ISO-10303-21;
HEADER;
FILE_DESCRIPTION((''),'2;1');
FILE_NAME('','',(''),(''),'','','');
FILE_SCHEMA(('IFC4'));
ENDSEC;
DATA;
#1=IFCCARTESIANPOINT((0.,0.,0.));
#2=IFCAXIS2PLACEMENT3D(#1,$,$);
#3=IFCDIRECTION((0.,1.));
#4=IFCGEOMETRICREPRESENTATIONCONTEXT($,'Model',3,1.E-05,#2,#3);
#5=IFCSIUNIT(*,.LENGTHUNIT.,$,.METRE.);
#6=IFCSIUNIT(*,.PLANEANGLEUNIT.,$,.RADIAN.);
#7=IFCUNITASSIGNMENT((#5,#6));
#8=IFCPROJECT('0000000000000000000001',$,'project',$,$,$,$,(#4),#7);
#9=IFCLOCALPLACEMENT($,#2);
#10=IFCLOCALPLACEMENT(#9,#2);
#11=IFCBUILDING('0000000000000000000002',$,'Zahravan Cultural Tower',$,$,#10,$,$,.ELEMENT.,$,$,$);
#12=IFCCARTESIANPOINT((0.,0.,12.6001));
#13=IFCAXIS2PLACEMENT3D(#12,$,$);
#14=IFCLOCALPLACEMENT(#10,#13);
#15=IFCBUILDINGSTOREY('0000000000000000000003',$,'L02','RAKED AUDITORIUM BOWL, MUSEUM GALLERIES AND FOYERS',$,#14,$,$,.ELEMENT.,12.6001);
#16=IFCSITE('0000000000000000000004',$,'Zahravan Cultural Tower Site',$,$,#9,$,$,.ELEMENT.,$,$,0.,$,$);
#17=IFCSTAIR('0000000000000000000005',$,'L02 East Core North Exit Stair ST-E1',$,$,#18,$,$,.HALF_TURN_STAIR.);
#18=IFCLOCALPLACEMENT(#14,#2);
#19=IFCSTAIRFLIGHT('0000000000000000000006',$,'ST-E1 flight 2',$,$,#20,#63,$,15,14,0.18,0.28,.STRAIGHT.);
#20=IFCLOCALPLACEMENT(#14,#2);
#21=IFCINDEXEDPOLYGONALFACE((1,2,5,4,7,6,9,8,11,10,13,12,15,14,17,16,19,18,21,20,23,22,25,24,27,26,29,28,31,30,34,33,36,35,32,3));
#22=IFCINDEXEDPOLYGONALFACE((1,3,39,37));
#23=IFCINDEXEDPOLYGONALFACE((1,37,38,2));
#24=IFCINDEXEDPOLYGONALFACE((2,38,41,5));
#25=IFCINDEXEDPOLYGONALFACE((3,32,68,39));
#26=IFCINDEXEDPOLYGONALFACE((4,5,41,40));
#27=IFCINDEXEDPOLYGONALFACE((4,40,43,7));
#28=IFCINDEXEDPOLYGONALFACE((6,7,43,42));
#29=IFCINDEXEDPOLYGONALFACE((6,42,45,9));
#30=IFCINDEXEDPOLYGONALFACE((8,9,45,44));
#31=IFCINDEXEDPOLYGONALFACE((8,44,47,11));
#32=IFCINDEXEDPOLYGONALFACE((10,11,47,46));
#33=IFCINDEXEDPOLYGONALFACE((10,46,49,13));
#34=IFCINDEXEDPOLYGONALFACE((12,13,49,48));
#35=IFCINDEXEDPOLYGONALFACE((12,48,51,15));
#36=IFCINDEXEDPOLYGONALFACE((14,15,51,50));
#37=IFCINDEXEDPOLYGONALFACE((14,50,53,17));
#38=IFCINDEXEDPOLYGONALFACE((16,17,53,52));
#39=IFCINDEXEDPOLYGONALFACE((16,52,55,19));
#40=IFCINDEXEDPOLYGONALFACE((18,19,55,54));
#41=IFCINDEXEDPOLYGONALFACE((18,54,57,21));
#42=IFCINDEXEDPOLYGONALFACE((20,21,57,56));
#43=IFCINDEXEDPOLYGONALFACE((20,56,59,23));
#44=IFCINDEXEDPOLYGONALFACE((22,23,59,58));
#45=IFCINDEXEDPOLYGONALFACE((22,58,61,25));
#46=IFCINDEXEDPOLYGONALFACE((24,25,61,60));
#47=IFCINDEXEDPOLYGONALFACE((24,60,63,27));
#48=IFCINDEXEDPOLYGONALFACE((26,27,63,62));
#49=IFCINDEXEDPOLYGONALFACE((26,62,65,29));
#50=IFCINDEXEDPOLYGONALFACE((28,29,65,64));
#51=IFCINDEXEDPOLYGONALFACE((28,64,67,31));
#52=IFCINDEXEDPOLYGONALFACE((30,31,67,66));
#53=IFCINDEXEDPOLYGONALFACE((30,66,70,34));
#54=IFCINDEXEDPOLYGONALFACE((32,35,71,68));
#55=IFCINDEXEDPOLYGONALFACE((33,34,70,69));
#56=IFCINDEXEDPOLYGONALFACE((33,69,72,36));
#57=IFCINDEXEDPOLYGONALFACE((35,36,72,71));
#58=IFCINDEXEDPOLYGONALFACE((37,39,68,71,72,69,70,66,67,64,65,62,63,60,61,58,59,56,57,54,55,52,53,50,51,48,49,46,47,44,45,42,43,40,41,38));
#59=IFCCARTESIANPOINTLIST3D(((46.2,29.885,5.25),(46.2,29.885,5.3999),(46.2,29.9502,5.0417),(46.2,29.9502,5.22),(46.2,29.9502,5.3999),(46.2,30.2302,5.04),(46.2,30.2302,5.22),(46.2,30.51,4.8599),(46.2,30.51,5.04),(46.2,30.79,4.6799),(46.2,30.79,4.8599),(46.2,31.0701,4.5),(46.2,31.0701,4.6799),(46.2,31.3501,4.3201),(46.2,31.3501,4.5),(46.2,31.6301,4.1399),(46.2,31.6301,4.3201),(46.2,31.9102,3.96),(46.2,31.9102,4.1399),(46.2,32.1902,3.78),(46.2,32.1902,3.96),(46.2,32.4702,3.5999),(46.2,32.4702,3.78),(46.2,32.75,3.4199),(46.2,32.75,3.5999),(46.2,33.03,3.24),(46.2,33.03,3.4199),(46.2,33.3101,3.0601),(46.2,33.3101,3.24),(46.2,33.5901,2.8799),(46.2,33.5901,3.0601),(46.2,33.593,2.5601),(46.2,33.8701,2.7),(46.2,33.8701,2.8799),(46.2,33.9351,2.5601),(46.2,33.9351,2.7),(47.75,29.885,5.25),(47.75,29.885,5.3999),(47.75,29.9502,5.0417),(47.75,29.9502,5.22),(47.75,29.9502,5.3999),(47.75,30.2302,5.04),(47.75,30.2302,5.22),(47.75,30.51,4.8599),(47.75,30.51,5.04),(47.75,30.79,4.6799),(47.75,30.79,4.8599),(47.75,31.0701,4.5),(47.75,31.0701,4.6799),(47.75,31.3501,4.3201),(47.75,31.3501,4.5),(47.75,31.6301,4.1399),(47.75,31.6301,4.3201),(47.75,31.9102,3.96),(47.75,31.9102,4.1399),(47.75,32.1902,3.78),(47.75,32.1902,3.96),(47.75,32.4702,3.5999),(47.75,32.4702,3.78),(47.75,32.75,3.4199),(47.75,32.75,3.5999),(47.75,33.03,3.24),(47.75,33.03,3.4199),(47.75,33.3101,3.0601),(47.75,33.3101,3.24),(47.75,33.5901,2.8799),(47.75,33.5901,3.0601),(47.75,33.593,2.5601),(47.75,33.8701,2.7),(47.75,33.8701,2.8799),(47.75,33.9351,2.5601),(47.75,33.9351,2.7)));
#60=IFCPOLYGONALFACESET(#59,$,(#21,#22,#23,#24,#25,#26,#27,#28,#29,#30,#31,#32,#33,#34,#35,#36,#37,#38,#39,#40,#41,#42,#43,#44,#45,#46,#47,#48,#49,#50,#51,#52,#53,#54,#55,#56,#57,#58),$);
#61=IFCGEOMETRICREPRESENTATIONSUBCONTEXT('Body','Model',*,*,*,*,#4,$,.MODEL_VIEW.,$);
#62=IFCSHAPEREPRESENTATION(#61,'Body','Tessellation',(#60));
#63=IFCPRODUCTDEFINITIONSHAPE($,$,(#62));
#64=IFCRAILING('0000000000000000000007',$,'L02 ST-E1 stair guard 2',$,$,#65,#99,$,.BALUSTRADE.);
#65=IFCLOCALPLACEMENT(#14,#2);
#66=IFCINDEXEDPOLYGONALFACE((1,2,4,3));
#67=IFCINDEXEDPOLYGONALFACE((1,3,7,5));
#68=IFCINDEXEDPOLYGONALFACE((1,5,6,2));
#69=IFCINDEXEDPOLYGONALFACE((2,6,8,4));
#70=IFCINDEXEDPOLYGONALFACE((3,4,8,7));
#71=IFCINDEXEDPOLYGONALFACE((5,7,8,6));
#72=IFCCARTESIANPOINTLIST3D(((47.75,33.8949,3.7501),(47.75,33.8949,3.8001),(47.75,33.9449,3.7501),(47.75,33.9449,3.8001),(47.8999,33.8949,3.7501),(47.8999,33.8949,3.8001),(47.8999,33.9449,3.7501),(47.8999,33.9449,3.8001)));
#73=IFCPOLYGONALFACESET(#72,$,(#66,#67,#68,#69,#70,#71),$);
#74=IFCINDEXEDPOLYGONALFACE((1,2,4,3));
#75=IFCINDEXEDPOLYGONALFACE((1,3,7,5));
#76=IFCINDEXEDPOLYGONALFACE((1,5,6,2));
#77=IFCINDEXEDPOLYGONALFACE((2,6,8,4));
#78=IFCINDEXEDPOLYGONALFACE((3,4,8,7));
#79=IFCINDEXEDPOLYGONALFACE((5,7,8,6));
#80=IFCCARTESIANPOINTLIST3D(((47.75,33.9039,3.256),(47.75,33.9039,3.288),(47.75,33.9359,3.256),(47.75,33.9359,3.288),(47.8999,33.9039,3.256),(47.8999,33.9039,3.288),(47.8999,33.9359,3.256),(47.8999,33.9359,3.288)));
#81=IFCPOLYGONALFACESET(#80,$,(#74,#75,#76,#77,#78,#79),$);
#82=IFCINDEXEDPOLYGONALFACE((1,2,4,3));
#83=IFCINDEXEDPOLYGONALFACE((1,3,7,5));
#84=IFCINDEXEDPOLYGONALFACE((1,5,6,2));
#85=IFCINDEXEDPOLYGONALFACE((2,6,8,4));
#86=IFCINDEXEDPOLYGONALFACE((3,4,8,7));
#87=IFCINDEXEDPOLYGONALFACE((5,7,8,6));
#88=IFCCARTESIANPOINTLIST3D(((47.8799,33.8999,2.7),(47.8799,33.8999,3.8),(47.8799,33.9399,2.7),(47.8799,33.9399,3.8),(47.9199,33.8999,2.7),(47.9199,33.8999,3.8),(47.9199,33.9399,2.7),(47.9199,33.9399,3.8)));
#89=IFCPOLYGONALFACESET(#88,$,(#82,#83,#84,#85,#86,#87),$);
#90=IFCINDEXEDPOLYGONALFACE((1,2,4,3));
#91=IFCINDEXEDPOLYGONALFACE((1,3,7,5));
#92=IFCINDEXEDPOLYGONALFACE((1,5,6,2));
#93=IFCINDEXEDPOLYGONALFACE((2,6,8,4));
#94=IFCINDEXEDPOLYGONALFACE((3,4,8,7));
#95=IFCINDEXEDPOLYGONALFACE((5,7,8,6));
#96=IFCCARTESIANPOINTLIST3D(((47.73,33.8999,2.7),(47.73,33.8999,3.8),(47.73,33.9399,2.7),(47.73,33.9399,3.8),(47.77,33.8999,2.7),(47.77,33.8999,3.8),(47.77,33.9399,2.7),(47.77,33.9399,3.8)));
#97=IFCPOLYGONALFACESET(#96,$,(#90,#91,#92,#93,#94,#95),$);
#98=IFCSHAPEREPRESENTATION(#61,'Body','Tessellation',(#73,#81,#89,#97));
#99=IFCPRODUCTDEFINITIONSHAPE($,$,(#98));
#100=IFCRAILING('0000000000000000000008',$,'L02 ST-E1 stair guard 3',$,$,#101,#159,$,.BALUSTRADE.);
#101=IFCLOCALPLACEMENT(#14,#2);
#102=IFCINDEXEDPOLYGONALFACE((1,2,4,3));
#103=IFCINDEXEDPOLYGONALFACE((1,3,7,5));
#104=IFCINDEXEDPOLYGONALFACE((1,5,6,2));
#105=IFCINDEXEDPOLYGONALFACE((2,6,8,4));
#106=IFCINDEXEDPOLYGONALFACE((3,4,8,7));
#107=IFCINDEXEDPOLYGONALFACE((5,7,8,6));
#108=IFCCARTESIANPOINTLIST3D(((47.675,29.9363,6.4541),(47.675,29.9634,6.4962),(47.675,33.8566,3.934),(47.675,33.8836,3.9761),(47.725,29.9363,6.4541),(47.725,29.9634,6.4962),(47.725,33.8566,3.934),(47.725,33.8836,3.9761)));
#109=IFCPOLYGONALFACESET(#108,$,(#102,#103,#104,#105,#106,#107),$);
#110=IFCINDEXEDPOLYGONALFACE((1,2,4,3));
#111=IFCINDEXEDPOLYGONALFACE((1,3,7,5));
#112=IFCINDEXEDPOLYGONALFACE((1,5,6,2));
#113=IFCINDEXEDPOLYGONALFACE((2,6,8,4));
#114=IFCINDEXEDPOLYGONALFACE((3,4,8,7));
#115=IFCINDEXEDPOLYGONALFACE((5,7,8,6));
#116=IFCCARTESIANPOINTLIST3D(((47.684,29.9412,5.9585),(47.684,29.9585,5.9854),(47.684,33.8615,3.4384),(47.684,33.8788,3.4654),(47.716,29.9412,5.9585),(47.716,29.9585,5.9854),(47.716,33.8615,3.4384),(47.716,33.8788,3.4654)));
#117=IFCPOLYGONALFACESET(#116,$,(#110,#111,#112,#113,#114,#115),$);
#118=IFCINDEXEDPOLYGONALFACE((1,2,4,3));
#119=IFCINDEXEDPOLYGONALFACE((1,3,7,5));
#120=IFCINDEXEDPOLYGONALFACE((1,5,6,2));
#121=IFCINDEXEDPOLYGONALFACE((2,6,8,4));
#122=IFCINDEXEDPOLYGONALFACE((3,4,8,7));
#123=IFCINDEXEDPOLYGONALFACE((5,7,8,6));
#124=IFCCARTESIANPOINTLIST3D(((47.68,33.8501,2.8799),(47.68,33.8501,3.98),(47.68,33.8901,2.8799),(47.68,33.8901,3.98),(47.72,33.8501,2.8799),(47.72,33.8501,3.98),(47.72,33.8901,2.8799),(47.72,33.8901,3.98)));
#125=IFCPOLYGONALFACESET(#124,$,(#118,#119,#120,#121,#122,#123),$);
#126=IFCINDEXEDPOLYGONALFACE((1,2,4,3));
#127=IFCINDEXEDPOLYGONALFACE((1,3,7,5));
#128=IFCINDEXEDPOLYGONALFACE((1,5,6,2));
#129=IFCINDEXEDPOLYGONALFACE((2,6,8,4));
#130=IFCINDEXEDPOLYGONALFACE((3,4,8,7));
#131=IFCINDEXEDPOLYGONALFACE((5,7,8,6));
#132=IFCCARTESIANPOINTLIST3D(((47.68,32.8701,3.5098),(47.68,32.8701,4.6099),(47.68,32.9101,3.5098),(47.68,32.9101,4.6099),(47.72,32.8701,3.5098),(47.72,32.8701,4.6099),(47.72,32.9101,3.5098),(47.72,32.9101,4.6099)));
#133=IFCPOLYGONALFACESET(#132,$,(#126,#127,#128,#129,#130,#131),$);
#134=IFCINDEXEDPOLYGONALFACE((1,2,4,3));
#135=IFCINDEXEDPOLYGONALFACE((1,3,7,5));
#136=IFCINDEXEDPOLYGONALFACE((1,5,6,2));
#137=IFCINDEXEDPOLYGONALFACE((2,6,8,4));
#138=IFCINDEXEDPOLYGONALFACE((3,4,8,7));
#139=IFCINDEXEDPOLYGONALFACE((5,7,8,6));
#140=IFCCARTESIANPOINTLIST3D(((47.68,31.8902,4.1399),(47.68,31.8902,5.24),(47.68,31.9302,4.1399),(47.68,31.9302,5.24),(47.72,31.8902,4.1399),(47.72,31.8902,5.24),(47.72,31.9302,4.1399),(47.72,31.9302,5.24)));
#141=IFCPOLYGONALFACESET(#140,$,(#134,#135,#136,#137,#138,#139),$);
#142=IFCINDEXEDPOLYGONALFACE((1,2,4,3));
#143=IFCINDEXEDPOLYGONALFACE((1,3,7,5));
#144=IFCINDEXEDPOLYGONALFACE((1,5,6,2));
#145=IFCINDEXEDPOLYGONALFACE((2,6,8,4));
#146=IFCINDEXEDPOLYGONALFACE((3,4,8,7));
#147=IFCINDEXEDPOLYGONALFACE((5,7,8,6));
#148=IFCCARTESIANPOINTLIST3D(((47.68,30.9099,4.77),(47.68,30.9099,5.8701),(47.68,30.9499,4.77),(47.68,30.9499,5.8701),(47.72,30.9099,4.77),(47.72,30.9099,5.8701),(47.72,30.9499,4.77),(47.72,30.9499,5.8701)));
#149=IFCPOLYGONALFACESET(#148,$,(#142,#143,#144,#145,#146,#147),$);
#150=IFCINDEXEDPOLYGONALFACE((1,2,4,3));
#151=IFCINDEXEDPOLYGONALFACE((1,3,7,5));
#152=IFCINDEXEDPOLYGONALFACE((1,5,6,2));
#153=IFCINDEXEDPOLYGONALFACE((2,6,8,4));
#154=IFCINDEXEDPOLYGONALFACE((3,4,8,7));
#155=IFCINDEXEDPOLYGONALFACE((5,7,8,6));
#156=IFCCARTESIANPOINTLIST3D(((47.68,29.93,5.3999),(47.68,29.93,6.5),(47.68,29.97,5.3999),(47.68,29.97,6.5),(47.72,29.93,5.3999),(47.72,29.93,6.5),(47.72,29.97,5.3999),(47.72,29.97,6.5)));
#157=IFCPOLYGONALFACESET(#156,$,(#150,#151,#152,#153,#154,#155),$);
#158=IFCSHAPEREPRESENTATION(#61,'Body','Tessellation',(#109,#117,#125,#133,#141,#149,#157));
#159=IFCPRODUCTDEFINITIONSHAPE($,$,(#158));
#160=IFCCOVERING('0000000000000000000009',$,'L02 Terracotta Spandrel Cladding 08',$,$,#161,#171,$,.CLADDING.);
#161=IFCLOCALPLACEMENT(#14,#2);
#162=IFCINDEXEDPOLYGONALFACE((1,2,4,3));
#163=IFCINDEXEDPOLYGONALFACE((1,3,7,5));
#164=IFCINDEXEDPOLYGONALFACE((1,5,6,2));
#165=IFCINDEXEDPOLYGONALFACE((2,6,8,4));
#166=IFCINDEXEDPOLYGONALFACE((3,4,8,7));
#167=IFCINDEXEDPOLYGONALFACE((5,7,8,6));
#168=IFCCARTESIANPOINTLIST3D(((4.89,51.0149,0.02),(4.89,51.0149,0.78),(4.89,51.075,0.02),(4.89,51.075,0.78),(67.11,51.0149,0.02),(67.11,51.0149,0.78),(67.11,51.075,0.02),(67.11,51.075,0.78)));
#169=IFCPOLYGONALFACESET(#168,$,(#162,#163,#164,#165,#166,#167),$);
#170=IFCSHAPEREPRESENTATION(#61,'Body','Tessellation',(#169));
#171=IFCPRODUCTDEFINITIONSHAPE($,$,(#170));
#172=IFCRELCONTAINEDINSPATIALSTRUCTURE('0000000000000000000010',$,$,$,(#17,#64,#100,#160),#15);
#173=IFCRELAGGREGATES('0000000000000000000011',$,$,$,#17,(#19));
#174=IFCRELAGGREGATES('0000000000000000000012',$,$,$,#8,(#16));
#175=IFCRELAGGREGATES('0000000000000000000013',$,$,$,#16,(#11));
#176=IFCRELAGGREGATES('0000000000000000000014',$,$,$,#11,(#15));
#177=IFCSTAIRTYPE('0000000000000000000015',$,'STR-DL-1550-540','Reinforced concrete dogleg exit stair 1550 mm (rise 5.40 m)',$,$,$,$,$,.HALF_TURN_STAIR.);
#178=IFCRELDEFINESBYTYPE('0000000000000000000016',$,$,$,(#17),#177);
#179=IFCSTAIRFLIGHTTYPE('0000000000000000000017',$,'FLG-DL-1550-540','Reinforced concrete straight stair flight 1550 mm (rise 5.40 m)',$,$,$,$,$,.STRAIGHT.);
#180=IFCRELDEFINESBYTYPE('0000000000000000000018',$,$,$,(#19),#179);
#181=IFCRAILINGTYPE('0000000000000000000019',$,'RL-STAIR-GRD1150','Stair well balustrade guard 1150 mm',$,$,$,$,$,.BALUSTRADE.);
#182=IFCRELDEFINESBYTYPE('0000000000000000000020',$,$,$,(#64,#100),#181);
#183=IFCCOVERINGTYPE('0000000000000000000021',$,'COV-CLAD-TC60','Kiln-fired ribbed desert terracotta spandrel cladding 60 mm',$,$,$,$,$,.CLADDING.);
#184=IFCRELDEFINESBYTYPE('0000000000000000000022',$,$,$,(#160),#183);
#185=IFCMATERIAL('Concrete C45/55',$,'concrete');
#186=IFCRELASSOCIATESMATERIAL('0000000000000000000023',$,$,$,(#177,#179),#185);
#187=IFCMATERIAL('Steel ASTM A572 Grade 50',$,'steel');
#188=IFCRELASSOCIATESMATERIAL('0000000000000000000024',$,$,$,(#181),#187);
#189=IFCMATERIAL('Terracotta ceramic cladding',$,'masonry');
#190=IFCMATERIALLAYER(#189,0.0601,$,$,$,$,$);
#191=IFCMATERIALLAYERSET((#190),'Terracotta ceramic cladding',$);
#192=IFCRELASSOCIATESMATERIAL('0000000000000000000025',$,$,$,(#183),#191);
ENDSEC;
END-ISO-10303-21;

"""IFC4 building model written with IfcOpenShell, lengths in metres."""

from ifc_helpers import new_model, si_unit, direction, frame, origin, origin_2d, place, context, subcontext, project, spatial, polyline, rectangle, outline, extrude, source, transform, mapped, material, layer, layer_set, type_object, element, aggregate, save


model = new_model("IFC4")

# Units and contexts
model_context = context("Model", 3, precision=1e-05, world=origin(), true_north=direction((0.0, 1.0)))
body_context = subcontext(model_context, "Body", "Model", "MODEL_VIEW")
ifc_project = project(units=[si_unit("LENGTHUNIT", "METRE"), si_unit("PLANEANGLEUNIT", "RADIAN")], contexts=[model_context])

# Site, building, storey
site_placement = place(None, origin())
site = spatial("IfcSite", under=ifc_project, at=site_placement, Name="Zahravan Cultural Tower Site", CompositionType="ELEMENT", RefElevation=0.0)
building_placement = place(site_placement, origin())
building = spatial("IfcBuilding", under=site, at=building_placement, Name="Zahravan Cultural Tower", CompositionType="ELEMENT")
storey_placement = place(building_placement, frame((0.0, 0.0, 12.6001)))
storey = spatial("IfcBuildingStorey", under=building, at=storey_placement, Name="L02", Description="RAKED AUDITORIUM BOWL, MUSEUM GALLERIES AND FOYERS", CompositionType="ELEMENT", Elevation=12.6001)

# Shared definitions
ifc_material_1 = material(Name="Steel ASTM A572 Grade 50", Category="steel")

# Shared definitions
ifc_material_2 = material(Name="Concrete C45/55", Category="concrete")

# Stair, stair flight
stair_type = type_object("IfcStairType", Name="STR-DL-1550-540", Description="Reinforced concrete dogleg exit stair 1550 mm (rise 5.40 m)", PredefinedType="HALF_TURN_STAIR", material=ifc_material_2)
stair_placement = place(storey_placement, origin())
stair = element("IfcStair", 1, at=stair_placement, inside=storey, type_object=stair_type, Name="L02 East Core North Exit Stair ST-E1", PredefinedType="HALF_TURN_STAIR")
stair_flight_type = type_object("IfcStairFlightType", Name="FLG-DL-1550-540", Description="Reinforced concrete straight stair flight 1550 mm (rise 5.40 m)", PredefinedType="STRAIGHT", material=ifc_material_2)
stair_flight_placement = place(storey_placement, frame((46.9751, 33.8701, 2.7), z_axis=(0.0, 0.0, 1.0), x_axis=(0.0, -1.0, 0.0)))
stair_flight = element("IfcStairFlight", 2, at=stair_flight_placement, type_object=stair_flight_type, Name="ST-E1 flight 2", NumberOfRisers=15, NumberOfTreads=14, PredefinedType="STRAIGHT", RiserHeight=0.18, TreadLength=0.28, context=body_context, shape_type="SweptSolid", body=[
    extrude(outline(polyline([(-0.0649, -0.1399), (-0.0649, 0.0), (0.0, 0.0), (0.0, 0.1799), (0.28, 0.1799), (0.28, 0.3601), (0.5601, 0.3601), (0.5601, 0.54), (0.8401, 0.54), (0.8401, 0.72), (1.1201, 0.72), (1.1201, 0.8999), (1.3999, 0.8999), (1.3999, 1.0801), (1.6799, 1.0801), (1.6799, 1.26), (1.96, 1.26), (1.96, 1.4399), (2.24, 1.4399), (2.24, 1.6201), (2.52, 1.6201), (2.52, 1.8), (2.8, 1.8), (2.8, 1.98), (3.0801, 1.98), (3.0801, 2.1599), (3.3601, 2.1599), (3.3601, 2.3401), (3.6399, 2.3401), (3.6399, 2.52), (3.9199, 2.52), (3.9199, 2.7), (3.9851, 2.7), (3.9851, 2.55), (3.9199, 2.3418), (0.2771, -0.1399), (-0.0649, -0.1399)])), frame((0.0, 0.7749, 0.0), z_axis=(0.0, -1.0, 0.0), x_axis=(1.0, 0.0, 0.0)), (0.0, 0.0, 1.0), 1.55),
])
aggregate(stair, [stair_flight])

# Railings
railing_type = type_object("IfcRailingType", Name="RL-STAIR-GRD1150", Description="Stair well balustrade guard 1150 mm", PredefinedType="BALUSTRADE", material=ifc_material_1)
railing_1_placement = place(storey_placement, frame((47.8999, 33.9199, 2.7)))
element("IfcRailing", 3, at=railing_1_placement, inside=storey, type_object=railing_type, Name="L02 ST-E1 stair guard 2", PredefinedType="BALUSTRADE", context=body_context, shape_type="SweptSolid", body=[
    extrude(rectangle(XDim=0.05, YDim=0.05, at=origin_2d()), frame((0.0, 0.0, 1.0752), z_axis=(-1.0, 0.0, 0.0), x_axis=(0.0, -1.0, 0.0)), (0.0, 0.0, 1.0), 0.1499),
    extrude(rectangle(XDim=0.032, YDim=0.032, at=origin_2d()), frame((0.0, 0.0, 0.572), z_axis=(-1.0, 0.0, 0.0), x_axis=(0.0, -1.0, 0.0)), (0.0, 0.0, 1.0), 0.1499),
    extrude(rectangle(XDim=0.04, YDim=0.04, at=origin_2d()), origin(), (0.0, 0.0, 1.0), 1.1001),
    extrude(rectangle(XDim=0.04, YDim=0.04, at=origin_2d()), frame((-0.1499, 0.0, 0.0)), (0.0, 0.0, 1.0), 1.1001),
])
railing_2_placement = place(storey_placement, frame((47.7, 33.8701, 2.8799)))
element("IfcRailing", 4, at=railing_2_placement, inside=storey, type_object=railing_type, Name="L02 ST-E1 stair guard 3", PredefinedType="BALUSTRADE", context=body_context, shape_type="SweptSolid", body=[
    extrude(rectangle(XDim=0.05, YDim=0.05, at=origin_2d()), frame((0.0, 0.0, 1.0752), z_axis=(0.0, -0.841187, 0.540744), x_axis=(1.0, 0.0, 0.0)), (0.0, 0.0, 1.0), 4.6604),
    extrude(rectangle(XDim=0.032, YDim=0.032, at=origin_2d()), frame((0.0, 0.0, 0.572), z_axis=(0.0, -0.841187, 0.540744), x_axis=(1.0, 0.0, 0.0)), (0.0, 0.0, 1.0), 4.6604),
    extrude(rectangle(XDim=0.04, YDim=0.04, at=origin_2d()), origin(), (0.0, 0.0, 1.0), 1.1001),
    extrude(rectangle(XDim=0.04, YDim=0.04, at=origin_2d()), frame((0.0, -0.98, 0.6299)), (0.0, 0.0, 1.0), 1.1001),
    extrude(rectangle(XDim=0.04, YDim=0.04, at=origin_2d()), frame((0.0, -1.96, 1.26)), (0.0, 0.0, 1.0), 1.1001),
    extrude(rectangle(XDim=0.04, YDim=0.04, at=origin_2d()), frame((0.0, -2.9402, 1.8901)), (0.0, 0.0, 1.0), 1.1001),
    extrude(rectangle(XDim=0.04, YDim=0.04, at=origin_2d()), frame((0.0, -3.9202, 2.52)), (0.0, 0.0, 1.0), 1.1001),
])

# Covering
ifc_material_3 = material(Name="Terracotta ceramic cladding", Category="masonry")
ifc_layer_1 = layer(ifc_material_3, 0.0601)
ifc_layer_set_1 = layer_set([ifc_layer_1], Name="Terracotta ceramic cladding")
covering_type = type_object("IfcCoveringType", Name="COV-CLAD-TC60", Description="Kiln-fired ribbed desert terracotta spandrel cladding 60 mm", PredefinedType="CLADDING", material=ifc_layer_set_1)
shared_shape_1 = source(origin(), body_context, "Body", "SweptSolid", [
    extrude(rectangle(XDim=62.22, YDim=0.0601, at=origin_2d()), origin(), (0.0, 0.0, 1.0), 0.76),
])
covering_placement = place(storey_placement, frame((36.0, 51.0449, 0.02), z_axis=(0.0, 0.0, 1.0), x_axis=(1.0, 0.0, 0.0)))
element("IfcCovering", 5, at=covering_placement, inside=storey, type_object=covering_type, Name="L02 Terracotta Spandrel Cladding 08", PredefinedType="CLADDING", context=body_context, shape_type="MappedRepresentation", body=[
    mapped(shared_shape_1, transform((0.0, 0.0, 0.0), x_axis=(1.0, 0.0, 0.0), y_axis=(0.0, 1.0, 0.0), z_axis=(0.0, 0.0, 1.0), scale=1.0)),
])

save(model, "model.ifc")
